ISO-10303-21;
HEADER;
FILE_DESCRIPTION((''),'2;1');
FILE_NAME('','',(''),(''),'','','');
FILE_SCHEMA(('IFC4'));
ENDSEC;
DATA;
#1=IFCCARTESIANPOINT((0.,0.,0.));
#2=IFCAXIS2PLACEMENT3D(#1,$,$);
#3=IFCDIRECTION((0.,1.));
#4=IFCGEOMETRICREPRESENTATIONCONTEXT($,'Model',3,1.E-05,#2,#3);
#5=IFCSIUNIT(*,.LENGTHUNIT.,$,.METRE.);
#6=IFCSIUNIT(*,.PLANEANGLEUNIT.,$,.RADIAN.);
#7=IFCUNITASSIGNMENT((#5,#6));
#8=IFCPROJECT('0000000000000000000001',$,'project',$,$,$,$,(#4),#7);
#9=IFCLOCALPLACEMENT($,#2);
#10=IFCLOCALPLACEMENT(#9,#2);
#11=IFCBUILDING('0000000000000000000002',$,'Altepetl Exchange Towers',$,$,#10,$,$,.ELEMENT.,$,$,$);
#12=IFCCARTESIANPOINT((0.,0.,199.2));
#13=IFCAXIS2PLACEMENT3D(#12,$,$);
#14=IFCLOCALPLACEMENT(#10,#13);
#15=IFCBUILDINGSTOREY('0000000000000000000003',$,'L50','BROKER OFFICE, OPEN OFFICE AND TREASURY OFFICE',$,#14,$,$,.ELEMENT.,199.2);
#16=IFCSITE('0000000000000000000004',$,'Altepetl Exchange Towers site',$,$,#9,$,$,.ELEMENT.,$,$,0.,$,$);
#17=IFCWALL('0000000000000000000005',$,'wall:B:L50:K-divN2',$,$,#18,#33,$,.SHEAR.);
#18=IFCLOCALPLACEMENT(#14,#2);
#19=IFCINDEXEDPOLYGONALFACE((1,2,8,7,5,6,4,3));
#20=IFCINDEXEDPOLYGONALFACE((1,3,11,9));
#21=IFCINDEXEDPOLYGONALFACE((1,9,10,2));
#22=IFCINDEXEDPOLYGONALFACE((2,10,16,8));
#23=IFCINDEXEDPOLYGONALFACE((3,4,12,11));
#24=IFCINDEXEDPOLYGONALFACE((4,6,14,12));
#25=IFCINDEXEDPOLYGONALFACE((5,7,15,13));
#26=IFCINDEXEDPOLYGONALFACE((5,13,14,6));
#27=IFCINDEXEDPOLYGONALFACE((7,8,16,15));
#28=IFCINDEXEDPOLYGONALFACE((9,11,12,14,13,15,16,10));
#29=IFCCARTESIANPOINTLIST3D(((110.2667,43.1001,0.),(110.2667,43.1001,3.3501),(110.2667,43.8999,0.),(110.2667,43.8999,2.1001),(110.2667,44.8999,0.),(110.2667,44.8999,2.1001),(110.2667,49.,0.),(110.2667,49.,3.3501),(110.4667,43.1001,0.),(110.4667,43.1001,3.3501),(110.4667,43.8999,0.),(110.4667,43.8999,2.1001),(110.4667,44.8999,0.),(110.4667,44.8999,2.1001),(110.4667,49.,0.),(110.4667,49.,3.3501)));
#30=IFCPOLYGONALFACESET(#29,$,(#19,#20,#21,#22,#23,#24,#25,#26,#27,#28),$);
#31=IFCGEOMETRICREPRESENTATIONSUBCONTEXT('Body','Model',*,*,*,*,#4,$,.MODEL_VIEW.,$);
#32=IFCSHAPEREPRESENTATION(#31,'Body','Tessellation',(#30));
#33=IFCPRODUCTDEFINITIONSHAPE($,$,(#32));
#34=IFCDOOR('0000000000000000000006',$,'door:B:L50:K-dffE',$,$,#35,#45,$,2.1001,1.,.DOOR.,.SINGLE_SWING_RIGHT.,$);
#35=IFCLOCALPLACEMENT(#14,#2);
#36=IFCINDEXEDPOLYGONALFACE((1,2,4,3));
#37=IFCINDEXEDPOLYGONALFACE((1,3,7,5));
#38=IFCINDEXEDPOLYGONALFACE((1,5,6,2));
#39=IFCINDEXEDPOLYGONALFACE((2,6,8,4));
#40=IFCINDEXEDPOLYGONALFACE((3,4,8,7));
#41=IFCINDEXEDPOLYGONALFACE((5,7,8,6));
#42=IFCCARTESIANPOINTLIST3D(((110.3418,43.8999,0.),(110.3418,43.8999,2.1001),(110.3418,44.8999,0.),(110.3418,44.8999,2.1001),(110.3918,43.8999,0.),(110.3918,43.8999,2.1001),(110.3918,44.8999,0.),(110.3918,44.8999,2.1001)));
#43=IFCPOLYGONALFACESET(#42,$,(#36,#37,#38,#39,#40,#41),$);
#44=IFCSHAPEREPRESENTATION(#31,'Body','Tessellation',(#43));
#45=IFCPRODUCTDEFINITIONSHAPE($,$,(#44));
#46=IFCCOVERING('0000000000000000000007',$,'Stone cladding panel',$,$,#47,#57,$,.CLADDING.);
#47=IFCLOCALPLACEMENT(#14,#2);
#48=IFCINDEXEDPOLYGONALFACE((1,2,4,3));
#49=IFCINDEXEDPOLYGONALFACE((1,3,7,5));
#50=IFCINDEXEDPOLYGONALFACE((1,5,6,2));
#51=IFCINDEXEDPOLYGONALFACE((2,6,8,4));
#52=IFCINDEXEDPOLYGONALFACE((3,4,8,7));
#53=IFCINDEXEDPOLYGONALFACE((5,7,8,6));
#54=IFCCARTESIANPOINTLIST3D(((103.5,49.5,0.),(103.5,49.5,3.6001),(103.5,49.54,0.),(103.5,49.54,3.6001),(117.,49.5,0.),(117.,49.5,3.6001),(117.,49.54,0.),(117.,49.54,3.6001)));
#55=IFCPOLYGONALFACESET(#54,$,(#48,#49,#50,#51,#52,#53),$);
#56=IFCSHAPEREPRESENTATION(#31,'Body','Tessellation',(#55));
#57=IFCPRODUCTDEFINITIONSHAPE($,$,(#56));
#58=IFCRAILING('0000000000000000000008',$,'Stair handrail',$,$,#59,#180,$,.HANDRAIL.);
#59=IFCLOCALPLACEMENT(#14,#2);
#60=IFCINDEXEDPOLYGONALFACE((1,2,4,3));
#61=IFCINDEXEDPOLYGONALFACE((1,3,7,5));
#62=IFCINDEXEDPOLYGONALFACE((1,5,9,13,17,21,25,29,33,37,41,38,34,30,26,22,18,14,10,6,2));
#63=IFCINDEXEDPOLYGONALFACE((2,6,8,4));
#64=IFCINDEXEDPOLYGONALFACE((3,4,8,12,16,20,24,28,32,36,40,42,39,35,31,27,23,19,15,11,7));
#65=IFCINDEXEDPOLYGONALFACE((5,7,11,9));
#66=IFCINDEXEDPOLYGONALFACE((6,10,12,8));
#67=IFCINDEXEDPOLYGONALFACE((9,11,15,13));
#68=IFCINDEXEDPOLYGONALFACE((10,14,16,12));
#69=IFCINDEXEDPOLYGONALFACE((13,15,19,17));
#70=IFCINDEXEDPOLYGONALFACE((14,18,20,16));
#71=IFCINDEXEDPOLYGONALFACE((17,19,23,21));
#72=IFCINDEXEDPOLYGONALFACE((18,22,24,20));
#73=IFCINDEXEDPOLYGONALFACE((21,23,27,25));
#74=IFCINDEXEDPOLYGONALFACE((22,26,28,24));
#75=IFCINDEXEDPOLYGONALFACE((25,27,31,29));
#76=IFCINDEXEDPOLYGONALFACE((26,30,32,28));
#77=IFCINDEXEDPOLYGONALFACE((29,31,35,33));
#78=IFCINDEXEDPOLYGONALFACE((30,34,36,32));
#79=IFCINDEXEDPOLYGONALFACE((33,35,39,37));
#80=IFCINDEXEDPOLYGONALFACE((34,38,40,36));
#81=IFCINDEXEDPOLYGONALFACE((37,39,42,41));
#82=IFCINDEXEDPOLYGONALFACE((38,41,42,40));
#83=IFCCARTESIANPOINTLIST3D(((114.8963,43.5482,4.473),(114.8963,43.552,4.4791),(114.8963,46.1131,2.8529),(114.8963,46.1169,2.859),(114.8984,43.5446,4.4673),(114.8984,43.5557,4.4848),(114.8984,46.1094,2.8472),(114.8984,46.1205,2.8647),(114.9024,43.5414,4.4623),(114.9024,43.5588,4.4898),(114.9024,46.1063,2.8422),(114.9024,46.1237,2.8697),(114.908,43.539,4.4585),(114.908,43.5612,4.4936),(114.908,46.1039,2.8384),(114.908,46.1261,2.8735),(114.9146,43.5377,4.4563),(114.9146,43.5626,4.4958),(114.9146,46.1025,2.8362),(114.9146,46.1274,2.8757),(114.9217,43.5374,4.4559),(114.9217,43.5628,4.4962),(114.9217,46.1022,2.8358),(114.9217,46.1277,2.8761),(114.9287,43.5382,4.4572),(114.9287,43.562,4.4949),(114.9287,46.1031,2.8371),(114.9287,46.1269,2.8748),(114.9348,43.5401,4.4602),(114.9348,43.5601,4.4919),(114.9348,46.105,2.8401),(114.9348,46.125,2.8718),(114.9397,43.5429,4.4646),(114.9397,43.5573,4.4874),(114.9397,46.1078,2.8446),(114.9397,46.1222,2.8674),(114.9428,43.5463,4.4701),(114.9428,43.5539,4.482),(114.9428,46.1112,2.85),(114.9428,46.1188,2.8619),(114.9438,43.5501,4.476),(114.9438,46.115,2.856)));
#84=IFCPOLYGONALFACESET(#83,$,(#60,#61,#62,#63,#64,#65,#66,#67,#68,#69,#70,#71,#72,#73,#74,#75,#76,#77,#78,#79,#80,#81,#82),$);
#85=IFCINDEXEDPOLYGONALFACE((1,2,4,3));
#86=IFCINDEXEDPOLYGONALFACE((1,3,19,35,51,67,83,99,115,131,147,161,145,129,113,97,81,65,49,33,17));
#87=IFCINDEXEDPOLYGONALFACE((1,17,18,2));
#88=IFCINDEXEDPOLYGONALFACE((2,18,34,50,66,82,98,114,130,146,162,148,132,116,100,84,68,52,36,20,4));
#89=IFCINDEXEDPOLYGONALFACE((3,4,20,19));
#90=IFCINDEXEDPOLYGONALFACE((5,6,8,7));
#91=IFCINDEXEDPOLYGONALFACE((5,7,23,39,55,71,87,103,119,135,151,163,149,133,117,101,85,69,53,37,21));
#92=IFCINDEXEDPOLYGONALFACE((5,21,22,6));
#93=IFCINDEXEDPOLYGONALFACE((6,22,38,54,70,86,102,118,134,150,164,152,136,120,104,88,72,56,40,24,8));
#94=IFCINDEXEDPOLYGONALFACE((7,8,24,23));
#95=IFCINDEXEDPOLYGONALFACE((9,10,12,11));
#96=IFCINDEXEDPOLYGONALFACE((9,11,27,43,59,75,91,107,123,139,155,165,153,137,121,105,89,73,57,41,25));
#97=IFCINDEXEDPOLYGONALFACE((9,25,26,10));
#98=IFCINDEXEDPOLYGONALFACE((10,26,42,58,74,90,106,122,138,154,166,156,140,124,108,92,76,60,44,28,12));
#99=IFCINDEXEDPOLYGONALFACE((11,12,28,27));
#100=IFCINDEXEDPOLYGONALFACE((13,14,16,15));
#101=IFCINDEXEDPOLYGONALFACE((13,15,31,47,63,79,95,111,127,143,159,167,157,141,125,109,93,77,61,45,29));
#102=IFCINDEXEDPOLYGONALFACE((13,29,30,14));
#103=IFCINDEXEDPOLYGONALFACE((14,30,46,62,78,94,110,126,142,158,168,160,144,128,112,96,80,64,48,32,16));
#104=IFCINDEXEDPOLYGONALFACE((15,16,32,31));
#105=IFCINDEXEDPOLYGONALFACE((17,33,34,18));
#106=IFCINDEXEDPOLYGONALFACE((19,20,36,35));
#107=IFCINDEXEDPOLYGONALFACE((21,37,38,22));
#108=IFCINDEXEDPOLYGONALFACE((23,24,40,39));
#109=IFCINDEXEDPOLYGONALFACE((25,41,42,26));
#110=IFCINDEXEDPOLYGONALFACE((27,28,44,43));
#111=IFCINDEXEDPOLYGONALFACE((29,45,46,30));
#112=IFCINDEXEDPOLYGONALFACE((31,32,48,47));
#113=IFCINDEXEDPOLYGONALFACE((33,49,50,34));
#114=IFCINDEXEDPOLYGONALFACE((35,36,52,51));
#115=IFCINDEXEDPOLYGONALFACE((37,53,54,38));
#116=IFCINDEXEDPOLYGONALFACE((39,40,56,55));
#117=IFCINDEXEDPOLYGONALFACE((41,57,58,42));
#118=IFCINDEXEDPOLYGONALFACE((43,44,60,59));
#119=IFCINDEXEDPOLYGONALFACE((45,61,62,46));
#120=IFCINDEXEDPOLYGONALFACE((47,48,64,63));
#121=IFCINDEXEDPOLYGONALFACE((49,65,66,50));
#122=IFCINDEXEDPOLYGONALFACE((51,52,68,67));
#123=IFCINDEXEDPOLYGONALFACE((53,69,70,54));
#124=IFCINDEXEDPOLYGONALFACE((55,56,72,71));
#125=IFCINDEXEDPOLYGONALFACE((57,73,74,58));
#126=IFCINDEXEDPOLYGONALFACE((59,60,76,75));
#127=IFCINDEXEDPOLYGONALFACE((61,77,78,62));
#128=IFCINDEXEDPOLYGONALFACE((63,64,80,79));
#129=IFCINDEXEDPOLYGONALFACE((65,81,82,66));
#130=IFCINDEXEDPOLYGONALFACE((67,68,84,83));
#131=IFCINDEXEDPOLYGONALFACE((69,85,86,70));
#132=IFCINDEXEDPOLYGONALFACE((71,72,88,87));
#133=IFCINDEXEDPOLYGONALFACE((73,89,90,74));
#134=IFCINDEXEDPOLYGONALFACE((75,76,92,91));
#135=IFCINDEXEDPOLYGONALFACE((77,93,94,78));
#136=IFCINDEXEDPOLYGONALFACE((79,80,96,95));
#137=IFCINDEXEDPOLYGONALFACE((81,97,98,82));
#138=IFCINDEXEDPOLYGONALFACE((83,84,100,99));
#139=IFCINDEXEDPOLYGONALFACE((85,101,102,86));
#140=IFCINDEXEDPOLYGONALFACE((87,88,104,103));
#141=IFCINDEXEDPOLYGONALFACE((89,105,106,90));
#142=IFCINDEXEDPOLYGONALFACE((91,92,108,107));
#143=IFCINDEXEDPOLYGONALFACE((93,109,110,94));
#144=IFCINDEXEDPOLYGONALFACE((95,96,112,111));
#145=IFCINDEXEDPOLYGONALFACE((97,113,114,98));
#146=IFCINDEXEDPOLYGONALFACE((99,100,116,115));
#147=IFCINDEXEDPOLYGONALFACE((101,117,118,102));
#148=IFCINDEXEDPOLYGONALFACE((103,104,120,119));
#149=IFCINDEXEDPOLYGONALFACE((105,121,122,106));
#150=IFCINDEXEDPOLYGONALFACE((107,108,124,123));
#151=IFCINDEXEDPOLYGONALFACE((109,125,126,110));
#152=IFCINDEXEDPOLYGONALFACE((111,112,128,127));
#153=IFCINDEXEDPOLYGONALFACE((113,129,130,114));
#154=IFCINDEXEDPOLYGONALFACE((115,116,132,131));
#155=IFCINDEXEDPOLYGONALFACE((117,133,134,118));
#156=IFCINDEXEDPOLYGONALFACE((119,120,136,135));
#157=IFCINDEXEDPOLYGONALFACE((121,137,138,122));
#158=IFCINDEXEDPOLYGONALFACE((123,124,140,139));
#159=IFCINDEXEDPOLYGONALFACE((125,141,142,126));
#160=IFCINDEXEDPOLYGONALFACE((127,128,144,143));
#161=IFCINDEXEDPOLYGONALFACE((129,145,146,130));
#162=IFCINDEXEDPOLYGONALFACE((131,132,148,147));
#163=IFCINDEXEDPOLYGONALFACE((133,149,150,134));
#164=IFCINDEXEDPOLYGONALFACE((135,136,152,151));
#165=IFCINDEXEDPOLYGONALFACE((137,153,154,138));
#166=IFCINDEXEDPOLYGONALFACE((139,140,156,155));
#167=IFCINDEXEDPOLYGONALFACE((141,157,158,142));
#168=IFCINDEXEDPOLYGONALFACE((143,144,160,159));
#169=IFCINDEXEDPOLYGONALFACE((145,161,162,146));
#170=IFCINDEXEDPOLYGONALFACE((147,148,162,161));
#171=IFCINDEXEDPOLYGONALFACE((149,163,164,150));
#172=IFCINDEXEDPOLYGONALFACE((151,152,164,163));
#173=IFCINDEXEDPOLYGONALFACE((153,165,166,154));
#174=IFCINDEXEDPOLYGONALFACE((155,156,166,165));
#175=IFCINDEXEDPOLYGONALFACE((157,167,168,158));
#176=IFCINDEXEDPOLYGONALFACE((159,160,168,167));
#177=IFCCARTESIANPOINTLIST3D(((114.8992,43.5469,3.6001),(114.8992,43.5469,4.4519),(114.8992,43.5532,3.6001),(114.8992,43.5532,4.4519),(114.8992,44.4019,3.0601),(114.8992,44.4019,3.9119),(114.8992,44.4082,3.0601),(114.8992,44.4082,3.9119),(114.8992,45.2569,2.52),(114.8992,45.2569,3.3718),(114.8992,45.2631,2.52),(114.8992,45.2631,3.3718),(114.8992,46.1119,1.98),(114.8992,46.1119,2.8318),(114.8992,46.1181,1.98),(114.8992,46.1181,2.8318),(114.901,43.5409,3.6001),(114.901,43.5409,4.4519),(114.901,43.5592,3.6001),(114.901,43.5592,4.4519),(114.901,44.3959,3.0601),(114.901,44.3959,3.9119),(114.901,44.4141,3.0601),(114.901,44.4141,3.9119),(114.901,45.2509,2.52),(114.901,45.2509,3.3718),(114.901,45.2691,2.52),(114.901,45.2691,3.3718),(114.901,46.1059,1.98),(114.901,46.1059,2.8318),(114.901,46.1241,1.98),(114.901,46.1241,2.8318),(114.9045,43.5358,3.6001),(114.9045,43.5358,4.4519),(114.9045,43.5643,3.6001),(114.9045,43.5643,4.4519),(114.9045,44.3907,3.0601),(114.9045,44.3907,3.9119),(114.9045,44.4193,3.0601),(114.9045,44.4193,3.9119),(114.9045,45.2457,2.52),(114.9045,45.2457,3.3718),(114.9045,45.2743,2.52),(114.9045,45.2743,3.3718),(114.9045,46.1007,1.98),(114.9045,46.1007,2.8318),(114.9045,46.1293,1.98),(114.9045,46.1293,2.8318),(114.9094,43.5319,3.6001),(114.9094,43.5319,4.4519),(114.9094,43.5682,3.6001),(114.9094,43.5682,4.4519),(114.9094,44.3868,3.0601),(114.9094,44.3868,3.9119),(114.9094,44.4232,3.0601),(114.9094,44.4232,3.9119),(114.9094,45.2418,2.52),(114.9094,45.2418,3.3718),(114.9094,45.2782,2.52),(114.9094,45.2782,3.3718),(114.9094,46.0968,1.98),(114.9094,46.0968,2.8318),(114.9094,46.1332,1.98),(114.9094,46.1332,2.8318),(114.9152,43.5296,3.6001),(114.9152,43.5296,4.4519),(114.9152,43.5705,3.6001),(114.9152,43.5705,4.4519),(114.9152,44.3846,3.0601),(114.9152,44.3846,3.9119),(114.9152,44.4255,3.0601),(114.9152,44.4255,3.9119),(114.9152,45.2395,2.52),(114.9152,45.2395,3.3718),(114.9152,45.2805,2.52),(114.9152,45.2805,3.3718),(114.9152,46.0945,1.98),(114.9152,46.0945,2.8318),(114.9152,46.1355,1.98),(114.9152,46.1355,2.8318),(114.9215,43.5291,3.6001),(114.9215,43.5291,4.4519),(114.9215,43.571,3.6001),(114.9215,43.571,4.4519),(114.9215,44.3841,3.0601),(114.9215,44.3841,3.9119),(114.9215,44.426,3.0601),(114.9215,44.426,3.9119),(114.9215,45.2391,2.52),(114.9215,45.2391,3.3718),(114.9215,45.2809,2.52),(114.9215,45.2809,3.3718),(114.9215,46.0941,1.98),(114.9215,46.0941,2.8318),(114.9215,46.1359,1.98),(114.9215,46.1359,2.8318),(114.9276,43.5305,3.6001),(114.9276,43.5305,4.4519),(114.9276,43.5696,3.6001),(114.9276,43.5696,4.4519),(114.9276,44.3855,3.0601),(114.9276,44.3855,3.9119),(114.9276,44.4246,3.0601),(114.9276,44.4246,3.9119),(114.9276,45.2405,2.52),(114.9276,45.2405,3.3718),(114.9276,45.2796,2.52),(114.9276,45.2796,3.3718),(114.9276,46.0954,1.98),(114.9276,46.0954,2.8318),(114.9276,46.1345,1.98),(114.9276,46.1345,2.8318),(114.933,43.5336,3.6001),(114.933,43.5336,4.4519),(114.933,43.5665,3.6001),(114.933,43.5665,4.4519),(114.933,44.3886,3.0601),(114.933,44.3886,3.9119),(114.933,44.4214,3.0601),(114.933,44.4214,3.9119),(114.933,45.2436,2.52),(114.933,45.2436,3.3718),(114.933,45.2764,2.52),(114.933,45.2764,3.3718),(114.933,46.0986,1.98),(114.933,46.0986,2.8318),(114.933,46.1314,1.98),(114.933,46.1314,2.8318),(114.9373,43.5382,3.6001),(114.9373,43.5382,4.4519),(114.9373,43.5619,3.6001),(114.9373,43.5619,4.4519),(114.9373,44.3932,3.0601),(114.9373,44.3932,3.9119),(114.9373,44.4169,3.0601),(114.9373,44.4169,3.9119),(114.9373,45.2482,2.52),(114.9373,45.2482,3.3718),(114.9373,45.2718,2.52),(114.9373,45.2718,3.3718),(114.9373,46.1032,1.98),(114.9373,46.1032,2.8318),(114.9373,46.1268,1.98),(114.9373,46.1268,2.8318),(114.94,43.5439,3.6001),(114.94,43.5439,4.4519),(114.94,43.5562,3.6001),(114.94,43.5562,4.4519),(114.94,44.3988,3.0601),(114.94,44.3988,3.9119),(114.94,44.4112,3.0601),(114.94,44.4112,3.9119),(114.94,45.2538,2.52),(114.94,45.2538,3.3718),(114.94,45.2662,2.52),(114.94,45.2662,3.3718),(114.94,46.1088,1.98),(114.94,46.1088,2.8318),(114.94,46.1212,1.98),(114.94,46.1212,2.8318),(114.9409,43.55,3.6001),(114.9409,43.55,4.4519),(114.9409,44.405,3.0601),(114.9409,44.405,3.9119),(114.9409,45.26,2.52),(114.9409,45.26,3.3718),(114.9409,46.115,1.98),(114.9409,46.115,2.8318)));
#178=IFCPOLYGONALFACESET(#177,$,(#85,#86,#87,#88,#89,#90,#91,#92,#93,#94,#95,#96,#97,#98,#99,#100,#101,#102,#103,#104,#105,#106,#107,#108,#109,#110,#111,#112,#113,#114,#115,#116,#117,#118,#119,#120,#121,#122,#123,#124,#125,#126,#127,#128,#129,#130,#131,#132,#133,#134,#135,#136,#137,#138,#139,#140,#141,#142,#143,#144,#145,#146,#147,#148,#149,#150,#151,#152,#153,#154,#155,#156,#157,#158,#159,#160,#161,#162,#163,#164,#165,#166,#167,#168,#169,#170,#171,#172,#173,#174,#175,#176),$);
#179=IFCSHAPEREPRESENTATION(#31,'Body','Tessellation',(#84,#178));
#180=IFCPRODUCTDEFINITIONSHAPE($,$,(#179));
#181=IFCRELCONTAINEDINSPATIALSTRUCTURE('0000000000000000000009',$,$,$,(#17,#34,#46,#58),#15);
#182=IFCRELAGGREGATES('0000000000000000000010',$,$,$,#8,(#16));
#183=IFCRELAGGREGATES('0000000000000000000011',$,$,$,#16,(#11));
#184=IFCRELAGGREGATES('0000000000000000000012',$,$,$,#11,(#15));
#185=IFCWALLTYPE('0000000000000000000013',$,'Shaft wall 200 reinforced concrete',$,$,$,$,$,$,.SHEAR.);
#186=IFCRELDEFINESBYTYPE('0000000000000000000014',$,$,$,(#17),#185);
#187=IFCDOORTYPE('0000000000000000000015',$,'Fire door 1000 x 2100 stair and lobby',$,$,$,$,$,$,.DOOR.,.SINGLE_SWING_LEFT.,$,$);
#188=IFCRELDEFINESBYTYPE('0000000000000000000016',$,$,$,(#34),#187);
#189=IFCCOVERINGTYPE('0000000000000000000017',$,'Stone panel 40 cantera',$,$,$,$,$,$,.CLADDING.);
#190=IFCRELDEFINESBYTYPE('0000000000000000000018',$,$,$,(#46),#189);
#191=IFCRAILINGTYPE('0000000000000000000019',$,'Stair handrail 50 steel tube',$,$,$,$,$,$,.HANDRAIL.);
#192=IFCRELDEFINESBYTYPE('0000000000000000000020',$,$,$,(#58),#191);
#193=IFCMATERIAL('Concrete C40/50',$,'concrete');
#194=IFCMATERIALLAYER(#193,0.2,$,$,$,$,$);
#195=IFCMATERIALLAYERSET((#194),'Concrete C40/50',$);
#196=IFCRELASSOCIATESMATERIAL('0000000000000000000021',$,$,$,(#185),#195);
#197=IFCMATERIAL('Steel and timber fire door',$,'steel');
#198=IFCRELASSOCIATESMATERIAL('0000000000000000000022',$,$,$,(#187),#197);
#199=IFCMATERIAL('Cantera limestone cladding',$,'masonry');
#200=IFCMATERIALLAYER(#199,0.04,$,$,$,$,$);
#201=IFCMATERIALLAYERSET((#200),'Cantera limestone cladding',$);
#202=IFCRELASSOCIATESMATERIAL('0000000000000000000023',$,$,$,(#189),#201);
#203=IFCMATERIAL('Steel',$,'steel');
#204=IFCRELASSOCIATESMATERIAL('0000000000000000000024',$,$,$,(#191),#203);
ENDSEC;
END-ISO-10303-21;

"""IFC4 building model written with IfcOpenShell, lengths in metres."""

from ifc_helpers import new_model, si_unit, direction, frame, frame_2d, origin, origin_2d, place, context, subcontext, project, spatial, rectangle, circle, extrude, source, transform, mapped, material, layer, layer_set, type_object, element, fill, save


model = new_model("IFC4")

# Units and contexts
model_context = context("Model", 3, precision=1e-05, world=origin(), true_north=direction((0.0, 1.0)))
body_context = subcontext(model_context, "Body", "Model", "MODEL_VIEW")
ifc_project = project(units=[si_unit("LENGTHUNIT", "METRE"), si_unit("PLANEANGLEUNIT", "RADIAN")], contexts=[model_context])

# Site, building, storey
site_placement = place(None, origin())
site = spatial("IfcSite", under=ifc_project, at=site_placement, Name="Altepetl Exchange Towers site", CompositionType="ELEMENT", RefElevation=0.0)
building_placement = place(site_placement, origin())
building = spatial("IfcBuilding", under=site, at=building_placement, Name="Altepetl Exchange Towers", CompositionType="ELEMENT")
storey_placement = place(building_placement, frame((0.0, 0.0, 199.2)))
storey = spatial("IfcBuildingStorey", under=building, at=storey_placement, Name="L50", Description="BROKER OFFICE, OPEN OFFICE AND TREASURY OFFICE", CompositionType="ELEMENT", Elevation=199.2)

# Shared definitions
ifc_material_1 = material(Name="Concrete C40/50", Category="concrete")
ifc_layer_1 = layer(ifc_material_1, 0.2)
ifc_layer_set_1 = layer_set([ifc_layer_1], Name="Concrete C40/50")
wall_type_1 = type_object("IfcWallType", Name="Shaft wall 200 reinforced concrete", PredefinedType="SHEAR", material=ifc_layer_set_1)

# Wall, opening, door
wall_1_placement = place(storey_placement, frame((110.3667, 49.0, 0.0), z_axis=(0.0, 0.0, 1.0), x_axis=(0.0, -1.0, 0.0)))
wall_1 = element("IfcWall", 1, at=wall_1_placement, inside=storey, type_object=wall_type_1, Name="wall:B:L50:K-divN2", PredefinedType="SHEAR", context=body_context, shape_type="SweptSolid", body=[
    extrude(rectangle(XDim=5.8999, YDim=0.2, at=frame_2d((2.95, 0.0))), origin(), (0.0, 0.0, 1.0), 3.3501),
])
opening_placement = place(wall_1_placement, frame((4.1001, 0.0, 0.0)))
opening = element("IfcOpeningElement", 2, at=opening_placement, cuts=wall_1, PredefinedType="OPENING", context=body_context, shape_type="SweptSolid", body=[
    extrude(rectangle(XDim=1.0, YDim=2.1001, at=frame_2d((0.5, 1.05))), frame((0.0, 0.1099, 0.0), z_axis=(0.0, -1.0, 0.0), x_axis=(1.0, 0.0, 0.0)), (0.0, 0.0, 1.0), 0.22),
])
ifc_material_2 = material(Name="Steel and timber fire door", Category="steel")
door_type = type_object("IfcDoorType", Name="Fire door 1000 x 2100 stair and lobby", OperationType="SINGLE_SWING_LEFT", PredefinedType="DOOR", material=ifc_material_2)
door_placement = place(opening_placement, frame((1.0, 0.0, 0.0), x_axis=(-1.0, 0.0, 0.0)))
door = element("IfcDoor", 3, at=door_placement, inside=storey, type_object=door_type, Name="door:B:L50:K-dffE", OperationType="SINGLE_SWING_RIGHT", OverallHeight=2.1001, OverallWidth=1.0, PredefinedType="DOOR", context=body_context, shape_type="SweptSolid", body=[
    extrude(rectangle(XDim=1.0, YDim=2.1001, at=frame_2d((0.5, 1.05))), frame((0.0, 0.0249, 0.0), z_axis=(0.0, -1.0, 0.0), x_axis=(1.0, 0.0, 0.0)), (0.0, 0.0, 1.0), 0.05),
])
fill(opening, door)

# Covering
ifc_material_3 = material(Name="Cantera limestone cladding", Category="masonry")
ifc_layer_2 = layer(ifc_material_3, 0.04)
ifc_layer_set_2 = layer_set([ifc_layer_2], Name="Cantera limestone cladding")
covering_type = type_object("IfcCoveringType", Name="Stone panel 40 cantera", PredefinedType="CLADDING", material=ifc_layer_set_2)
covering_placement = place(storey_placement, frame((110.25, 49.52, 0.0), z_axis=(0.0, 0.0, 1.0), x_axis=(-1.0, 0.0, 0.0)))
element("IfcCovering", 4, at=covering_placement, inside=storey, type_object=covering_type, Name="Stone cladding panel", PredefinedType="CLADDING", context=body_context, shape_type="SweptSolid", body=[
    extrude(rectangle(XDim=13.5, YDim=0.04, at=origin_2d()), origin(), (0.0, 0.0, 1.0), 3.6001),
])

# Railing
ifc_material_4 = material(Name="Steel", Category="steel")
railing_type = type_object("IfcRailingType", Name="Stair handrail 50 steel tube", PredefinedType="HANDRAIL", material=ifc_material_4)
shared_shape = source(origin(), body_context, "Body", "SweptSolid", [
    extrude(circle(Radius=0.021, at=origin_2d()), origin(), (0.0, 0.0, 1.0), 0.8518),
])
railing_placement = place(storey_placement, frame((114.9199, 46.115, 1.98)))
element("IfcRailing", 5, at=railing_placement, inside=storey, type_object=railing_type, Name="Stair handrail", PredefinedType="HANDRAIL", context=body_context, shape_type="SweptSolid", body=[
    extrude(circle(Radius=0.0239, at=origin_2d()), frame((0.0, 0.0, 0.876), z_axis=(0.0, -0.845466, 0.534029), x_axis=(1.0, 0.0, 0.0)), (0.0, 0.0, 1.0), 3.0337),
    mapped(shared_shape, transform((0.0, 0.0, 0.0))),
    mapped(shared_shape, transform((0.0, -0.855, 0.54))),
    mapped(shared_shape, transform((0.0, -1.71, 1.0801))),
    mapped(shared_shape, transform((0.0, -2.5649, 1.6201))),
])

save(model, "model.ifc")
